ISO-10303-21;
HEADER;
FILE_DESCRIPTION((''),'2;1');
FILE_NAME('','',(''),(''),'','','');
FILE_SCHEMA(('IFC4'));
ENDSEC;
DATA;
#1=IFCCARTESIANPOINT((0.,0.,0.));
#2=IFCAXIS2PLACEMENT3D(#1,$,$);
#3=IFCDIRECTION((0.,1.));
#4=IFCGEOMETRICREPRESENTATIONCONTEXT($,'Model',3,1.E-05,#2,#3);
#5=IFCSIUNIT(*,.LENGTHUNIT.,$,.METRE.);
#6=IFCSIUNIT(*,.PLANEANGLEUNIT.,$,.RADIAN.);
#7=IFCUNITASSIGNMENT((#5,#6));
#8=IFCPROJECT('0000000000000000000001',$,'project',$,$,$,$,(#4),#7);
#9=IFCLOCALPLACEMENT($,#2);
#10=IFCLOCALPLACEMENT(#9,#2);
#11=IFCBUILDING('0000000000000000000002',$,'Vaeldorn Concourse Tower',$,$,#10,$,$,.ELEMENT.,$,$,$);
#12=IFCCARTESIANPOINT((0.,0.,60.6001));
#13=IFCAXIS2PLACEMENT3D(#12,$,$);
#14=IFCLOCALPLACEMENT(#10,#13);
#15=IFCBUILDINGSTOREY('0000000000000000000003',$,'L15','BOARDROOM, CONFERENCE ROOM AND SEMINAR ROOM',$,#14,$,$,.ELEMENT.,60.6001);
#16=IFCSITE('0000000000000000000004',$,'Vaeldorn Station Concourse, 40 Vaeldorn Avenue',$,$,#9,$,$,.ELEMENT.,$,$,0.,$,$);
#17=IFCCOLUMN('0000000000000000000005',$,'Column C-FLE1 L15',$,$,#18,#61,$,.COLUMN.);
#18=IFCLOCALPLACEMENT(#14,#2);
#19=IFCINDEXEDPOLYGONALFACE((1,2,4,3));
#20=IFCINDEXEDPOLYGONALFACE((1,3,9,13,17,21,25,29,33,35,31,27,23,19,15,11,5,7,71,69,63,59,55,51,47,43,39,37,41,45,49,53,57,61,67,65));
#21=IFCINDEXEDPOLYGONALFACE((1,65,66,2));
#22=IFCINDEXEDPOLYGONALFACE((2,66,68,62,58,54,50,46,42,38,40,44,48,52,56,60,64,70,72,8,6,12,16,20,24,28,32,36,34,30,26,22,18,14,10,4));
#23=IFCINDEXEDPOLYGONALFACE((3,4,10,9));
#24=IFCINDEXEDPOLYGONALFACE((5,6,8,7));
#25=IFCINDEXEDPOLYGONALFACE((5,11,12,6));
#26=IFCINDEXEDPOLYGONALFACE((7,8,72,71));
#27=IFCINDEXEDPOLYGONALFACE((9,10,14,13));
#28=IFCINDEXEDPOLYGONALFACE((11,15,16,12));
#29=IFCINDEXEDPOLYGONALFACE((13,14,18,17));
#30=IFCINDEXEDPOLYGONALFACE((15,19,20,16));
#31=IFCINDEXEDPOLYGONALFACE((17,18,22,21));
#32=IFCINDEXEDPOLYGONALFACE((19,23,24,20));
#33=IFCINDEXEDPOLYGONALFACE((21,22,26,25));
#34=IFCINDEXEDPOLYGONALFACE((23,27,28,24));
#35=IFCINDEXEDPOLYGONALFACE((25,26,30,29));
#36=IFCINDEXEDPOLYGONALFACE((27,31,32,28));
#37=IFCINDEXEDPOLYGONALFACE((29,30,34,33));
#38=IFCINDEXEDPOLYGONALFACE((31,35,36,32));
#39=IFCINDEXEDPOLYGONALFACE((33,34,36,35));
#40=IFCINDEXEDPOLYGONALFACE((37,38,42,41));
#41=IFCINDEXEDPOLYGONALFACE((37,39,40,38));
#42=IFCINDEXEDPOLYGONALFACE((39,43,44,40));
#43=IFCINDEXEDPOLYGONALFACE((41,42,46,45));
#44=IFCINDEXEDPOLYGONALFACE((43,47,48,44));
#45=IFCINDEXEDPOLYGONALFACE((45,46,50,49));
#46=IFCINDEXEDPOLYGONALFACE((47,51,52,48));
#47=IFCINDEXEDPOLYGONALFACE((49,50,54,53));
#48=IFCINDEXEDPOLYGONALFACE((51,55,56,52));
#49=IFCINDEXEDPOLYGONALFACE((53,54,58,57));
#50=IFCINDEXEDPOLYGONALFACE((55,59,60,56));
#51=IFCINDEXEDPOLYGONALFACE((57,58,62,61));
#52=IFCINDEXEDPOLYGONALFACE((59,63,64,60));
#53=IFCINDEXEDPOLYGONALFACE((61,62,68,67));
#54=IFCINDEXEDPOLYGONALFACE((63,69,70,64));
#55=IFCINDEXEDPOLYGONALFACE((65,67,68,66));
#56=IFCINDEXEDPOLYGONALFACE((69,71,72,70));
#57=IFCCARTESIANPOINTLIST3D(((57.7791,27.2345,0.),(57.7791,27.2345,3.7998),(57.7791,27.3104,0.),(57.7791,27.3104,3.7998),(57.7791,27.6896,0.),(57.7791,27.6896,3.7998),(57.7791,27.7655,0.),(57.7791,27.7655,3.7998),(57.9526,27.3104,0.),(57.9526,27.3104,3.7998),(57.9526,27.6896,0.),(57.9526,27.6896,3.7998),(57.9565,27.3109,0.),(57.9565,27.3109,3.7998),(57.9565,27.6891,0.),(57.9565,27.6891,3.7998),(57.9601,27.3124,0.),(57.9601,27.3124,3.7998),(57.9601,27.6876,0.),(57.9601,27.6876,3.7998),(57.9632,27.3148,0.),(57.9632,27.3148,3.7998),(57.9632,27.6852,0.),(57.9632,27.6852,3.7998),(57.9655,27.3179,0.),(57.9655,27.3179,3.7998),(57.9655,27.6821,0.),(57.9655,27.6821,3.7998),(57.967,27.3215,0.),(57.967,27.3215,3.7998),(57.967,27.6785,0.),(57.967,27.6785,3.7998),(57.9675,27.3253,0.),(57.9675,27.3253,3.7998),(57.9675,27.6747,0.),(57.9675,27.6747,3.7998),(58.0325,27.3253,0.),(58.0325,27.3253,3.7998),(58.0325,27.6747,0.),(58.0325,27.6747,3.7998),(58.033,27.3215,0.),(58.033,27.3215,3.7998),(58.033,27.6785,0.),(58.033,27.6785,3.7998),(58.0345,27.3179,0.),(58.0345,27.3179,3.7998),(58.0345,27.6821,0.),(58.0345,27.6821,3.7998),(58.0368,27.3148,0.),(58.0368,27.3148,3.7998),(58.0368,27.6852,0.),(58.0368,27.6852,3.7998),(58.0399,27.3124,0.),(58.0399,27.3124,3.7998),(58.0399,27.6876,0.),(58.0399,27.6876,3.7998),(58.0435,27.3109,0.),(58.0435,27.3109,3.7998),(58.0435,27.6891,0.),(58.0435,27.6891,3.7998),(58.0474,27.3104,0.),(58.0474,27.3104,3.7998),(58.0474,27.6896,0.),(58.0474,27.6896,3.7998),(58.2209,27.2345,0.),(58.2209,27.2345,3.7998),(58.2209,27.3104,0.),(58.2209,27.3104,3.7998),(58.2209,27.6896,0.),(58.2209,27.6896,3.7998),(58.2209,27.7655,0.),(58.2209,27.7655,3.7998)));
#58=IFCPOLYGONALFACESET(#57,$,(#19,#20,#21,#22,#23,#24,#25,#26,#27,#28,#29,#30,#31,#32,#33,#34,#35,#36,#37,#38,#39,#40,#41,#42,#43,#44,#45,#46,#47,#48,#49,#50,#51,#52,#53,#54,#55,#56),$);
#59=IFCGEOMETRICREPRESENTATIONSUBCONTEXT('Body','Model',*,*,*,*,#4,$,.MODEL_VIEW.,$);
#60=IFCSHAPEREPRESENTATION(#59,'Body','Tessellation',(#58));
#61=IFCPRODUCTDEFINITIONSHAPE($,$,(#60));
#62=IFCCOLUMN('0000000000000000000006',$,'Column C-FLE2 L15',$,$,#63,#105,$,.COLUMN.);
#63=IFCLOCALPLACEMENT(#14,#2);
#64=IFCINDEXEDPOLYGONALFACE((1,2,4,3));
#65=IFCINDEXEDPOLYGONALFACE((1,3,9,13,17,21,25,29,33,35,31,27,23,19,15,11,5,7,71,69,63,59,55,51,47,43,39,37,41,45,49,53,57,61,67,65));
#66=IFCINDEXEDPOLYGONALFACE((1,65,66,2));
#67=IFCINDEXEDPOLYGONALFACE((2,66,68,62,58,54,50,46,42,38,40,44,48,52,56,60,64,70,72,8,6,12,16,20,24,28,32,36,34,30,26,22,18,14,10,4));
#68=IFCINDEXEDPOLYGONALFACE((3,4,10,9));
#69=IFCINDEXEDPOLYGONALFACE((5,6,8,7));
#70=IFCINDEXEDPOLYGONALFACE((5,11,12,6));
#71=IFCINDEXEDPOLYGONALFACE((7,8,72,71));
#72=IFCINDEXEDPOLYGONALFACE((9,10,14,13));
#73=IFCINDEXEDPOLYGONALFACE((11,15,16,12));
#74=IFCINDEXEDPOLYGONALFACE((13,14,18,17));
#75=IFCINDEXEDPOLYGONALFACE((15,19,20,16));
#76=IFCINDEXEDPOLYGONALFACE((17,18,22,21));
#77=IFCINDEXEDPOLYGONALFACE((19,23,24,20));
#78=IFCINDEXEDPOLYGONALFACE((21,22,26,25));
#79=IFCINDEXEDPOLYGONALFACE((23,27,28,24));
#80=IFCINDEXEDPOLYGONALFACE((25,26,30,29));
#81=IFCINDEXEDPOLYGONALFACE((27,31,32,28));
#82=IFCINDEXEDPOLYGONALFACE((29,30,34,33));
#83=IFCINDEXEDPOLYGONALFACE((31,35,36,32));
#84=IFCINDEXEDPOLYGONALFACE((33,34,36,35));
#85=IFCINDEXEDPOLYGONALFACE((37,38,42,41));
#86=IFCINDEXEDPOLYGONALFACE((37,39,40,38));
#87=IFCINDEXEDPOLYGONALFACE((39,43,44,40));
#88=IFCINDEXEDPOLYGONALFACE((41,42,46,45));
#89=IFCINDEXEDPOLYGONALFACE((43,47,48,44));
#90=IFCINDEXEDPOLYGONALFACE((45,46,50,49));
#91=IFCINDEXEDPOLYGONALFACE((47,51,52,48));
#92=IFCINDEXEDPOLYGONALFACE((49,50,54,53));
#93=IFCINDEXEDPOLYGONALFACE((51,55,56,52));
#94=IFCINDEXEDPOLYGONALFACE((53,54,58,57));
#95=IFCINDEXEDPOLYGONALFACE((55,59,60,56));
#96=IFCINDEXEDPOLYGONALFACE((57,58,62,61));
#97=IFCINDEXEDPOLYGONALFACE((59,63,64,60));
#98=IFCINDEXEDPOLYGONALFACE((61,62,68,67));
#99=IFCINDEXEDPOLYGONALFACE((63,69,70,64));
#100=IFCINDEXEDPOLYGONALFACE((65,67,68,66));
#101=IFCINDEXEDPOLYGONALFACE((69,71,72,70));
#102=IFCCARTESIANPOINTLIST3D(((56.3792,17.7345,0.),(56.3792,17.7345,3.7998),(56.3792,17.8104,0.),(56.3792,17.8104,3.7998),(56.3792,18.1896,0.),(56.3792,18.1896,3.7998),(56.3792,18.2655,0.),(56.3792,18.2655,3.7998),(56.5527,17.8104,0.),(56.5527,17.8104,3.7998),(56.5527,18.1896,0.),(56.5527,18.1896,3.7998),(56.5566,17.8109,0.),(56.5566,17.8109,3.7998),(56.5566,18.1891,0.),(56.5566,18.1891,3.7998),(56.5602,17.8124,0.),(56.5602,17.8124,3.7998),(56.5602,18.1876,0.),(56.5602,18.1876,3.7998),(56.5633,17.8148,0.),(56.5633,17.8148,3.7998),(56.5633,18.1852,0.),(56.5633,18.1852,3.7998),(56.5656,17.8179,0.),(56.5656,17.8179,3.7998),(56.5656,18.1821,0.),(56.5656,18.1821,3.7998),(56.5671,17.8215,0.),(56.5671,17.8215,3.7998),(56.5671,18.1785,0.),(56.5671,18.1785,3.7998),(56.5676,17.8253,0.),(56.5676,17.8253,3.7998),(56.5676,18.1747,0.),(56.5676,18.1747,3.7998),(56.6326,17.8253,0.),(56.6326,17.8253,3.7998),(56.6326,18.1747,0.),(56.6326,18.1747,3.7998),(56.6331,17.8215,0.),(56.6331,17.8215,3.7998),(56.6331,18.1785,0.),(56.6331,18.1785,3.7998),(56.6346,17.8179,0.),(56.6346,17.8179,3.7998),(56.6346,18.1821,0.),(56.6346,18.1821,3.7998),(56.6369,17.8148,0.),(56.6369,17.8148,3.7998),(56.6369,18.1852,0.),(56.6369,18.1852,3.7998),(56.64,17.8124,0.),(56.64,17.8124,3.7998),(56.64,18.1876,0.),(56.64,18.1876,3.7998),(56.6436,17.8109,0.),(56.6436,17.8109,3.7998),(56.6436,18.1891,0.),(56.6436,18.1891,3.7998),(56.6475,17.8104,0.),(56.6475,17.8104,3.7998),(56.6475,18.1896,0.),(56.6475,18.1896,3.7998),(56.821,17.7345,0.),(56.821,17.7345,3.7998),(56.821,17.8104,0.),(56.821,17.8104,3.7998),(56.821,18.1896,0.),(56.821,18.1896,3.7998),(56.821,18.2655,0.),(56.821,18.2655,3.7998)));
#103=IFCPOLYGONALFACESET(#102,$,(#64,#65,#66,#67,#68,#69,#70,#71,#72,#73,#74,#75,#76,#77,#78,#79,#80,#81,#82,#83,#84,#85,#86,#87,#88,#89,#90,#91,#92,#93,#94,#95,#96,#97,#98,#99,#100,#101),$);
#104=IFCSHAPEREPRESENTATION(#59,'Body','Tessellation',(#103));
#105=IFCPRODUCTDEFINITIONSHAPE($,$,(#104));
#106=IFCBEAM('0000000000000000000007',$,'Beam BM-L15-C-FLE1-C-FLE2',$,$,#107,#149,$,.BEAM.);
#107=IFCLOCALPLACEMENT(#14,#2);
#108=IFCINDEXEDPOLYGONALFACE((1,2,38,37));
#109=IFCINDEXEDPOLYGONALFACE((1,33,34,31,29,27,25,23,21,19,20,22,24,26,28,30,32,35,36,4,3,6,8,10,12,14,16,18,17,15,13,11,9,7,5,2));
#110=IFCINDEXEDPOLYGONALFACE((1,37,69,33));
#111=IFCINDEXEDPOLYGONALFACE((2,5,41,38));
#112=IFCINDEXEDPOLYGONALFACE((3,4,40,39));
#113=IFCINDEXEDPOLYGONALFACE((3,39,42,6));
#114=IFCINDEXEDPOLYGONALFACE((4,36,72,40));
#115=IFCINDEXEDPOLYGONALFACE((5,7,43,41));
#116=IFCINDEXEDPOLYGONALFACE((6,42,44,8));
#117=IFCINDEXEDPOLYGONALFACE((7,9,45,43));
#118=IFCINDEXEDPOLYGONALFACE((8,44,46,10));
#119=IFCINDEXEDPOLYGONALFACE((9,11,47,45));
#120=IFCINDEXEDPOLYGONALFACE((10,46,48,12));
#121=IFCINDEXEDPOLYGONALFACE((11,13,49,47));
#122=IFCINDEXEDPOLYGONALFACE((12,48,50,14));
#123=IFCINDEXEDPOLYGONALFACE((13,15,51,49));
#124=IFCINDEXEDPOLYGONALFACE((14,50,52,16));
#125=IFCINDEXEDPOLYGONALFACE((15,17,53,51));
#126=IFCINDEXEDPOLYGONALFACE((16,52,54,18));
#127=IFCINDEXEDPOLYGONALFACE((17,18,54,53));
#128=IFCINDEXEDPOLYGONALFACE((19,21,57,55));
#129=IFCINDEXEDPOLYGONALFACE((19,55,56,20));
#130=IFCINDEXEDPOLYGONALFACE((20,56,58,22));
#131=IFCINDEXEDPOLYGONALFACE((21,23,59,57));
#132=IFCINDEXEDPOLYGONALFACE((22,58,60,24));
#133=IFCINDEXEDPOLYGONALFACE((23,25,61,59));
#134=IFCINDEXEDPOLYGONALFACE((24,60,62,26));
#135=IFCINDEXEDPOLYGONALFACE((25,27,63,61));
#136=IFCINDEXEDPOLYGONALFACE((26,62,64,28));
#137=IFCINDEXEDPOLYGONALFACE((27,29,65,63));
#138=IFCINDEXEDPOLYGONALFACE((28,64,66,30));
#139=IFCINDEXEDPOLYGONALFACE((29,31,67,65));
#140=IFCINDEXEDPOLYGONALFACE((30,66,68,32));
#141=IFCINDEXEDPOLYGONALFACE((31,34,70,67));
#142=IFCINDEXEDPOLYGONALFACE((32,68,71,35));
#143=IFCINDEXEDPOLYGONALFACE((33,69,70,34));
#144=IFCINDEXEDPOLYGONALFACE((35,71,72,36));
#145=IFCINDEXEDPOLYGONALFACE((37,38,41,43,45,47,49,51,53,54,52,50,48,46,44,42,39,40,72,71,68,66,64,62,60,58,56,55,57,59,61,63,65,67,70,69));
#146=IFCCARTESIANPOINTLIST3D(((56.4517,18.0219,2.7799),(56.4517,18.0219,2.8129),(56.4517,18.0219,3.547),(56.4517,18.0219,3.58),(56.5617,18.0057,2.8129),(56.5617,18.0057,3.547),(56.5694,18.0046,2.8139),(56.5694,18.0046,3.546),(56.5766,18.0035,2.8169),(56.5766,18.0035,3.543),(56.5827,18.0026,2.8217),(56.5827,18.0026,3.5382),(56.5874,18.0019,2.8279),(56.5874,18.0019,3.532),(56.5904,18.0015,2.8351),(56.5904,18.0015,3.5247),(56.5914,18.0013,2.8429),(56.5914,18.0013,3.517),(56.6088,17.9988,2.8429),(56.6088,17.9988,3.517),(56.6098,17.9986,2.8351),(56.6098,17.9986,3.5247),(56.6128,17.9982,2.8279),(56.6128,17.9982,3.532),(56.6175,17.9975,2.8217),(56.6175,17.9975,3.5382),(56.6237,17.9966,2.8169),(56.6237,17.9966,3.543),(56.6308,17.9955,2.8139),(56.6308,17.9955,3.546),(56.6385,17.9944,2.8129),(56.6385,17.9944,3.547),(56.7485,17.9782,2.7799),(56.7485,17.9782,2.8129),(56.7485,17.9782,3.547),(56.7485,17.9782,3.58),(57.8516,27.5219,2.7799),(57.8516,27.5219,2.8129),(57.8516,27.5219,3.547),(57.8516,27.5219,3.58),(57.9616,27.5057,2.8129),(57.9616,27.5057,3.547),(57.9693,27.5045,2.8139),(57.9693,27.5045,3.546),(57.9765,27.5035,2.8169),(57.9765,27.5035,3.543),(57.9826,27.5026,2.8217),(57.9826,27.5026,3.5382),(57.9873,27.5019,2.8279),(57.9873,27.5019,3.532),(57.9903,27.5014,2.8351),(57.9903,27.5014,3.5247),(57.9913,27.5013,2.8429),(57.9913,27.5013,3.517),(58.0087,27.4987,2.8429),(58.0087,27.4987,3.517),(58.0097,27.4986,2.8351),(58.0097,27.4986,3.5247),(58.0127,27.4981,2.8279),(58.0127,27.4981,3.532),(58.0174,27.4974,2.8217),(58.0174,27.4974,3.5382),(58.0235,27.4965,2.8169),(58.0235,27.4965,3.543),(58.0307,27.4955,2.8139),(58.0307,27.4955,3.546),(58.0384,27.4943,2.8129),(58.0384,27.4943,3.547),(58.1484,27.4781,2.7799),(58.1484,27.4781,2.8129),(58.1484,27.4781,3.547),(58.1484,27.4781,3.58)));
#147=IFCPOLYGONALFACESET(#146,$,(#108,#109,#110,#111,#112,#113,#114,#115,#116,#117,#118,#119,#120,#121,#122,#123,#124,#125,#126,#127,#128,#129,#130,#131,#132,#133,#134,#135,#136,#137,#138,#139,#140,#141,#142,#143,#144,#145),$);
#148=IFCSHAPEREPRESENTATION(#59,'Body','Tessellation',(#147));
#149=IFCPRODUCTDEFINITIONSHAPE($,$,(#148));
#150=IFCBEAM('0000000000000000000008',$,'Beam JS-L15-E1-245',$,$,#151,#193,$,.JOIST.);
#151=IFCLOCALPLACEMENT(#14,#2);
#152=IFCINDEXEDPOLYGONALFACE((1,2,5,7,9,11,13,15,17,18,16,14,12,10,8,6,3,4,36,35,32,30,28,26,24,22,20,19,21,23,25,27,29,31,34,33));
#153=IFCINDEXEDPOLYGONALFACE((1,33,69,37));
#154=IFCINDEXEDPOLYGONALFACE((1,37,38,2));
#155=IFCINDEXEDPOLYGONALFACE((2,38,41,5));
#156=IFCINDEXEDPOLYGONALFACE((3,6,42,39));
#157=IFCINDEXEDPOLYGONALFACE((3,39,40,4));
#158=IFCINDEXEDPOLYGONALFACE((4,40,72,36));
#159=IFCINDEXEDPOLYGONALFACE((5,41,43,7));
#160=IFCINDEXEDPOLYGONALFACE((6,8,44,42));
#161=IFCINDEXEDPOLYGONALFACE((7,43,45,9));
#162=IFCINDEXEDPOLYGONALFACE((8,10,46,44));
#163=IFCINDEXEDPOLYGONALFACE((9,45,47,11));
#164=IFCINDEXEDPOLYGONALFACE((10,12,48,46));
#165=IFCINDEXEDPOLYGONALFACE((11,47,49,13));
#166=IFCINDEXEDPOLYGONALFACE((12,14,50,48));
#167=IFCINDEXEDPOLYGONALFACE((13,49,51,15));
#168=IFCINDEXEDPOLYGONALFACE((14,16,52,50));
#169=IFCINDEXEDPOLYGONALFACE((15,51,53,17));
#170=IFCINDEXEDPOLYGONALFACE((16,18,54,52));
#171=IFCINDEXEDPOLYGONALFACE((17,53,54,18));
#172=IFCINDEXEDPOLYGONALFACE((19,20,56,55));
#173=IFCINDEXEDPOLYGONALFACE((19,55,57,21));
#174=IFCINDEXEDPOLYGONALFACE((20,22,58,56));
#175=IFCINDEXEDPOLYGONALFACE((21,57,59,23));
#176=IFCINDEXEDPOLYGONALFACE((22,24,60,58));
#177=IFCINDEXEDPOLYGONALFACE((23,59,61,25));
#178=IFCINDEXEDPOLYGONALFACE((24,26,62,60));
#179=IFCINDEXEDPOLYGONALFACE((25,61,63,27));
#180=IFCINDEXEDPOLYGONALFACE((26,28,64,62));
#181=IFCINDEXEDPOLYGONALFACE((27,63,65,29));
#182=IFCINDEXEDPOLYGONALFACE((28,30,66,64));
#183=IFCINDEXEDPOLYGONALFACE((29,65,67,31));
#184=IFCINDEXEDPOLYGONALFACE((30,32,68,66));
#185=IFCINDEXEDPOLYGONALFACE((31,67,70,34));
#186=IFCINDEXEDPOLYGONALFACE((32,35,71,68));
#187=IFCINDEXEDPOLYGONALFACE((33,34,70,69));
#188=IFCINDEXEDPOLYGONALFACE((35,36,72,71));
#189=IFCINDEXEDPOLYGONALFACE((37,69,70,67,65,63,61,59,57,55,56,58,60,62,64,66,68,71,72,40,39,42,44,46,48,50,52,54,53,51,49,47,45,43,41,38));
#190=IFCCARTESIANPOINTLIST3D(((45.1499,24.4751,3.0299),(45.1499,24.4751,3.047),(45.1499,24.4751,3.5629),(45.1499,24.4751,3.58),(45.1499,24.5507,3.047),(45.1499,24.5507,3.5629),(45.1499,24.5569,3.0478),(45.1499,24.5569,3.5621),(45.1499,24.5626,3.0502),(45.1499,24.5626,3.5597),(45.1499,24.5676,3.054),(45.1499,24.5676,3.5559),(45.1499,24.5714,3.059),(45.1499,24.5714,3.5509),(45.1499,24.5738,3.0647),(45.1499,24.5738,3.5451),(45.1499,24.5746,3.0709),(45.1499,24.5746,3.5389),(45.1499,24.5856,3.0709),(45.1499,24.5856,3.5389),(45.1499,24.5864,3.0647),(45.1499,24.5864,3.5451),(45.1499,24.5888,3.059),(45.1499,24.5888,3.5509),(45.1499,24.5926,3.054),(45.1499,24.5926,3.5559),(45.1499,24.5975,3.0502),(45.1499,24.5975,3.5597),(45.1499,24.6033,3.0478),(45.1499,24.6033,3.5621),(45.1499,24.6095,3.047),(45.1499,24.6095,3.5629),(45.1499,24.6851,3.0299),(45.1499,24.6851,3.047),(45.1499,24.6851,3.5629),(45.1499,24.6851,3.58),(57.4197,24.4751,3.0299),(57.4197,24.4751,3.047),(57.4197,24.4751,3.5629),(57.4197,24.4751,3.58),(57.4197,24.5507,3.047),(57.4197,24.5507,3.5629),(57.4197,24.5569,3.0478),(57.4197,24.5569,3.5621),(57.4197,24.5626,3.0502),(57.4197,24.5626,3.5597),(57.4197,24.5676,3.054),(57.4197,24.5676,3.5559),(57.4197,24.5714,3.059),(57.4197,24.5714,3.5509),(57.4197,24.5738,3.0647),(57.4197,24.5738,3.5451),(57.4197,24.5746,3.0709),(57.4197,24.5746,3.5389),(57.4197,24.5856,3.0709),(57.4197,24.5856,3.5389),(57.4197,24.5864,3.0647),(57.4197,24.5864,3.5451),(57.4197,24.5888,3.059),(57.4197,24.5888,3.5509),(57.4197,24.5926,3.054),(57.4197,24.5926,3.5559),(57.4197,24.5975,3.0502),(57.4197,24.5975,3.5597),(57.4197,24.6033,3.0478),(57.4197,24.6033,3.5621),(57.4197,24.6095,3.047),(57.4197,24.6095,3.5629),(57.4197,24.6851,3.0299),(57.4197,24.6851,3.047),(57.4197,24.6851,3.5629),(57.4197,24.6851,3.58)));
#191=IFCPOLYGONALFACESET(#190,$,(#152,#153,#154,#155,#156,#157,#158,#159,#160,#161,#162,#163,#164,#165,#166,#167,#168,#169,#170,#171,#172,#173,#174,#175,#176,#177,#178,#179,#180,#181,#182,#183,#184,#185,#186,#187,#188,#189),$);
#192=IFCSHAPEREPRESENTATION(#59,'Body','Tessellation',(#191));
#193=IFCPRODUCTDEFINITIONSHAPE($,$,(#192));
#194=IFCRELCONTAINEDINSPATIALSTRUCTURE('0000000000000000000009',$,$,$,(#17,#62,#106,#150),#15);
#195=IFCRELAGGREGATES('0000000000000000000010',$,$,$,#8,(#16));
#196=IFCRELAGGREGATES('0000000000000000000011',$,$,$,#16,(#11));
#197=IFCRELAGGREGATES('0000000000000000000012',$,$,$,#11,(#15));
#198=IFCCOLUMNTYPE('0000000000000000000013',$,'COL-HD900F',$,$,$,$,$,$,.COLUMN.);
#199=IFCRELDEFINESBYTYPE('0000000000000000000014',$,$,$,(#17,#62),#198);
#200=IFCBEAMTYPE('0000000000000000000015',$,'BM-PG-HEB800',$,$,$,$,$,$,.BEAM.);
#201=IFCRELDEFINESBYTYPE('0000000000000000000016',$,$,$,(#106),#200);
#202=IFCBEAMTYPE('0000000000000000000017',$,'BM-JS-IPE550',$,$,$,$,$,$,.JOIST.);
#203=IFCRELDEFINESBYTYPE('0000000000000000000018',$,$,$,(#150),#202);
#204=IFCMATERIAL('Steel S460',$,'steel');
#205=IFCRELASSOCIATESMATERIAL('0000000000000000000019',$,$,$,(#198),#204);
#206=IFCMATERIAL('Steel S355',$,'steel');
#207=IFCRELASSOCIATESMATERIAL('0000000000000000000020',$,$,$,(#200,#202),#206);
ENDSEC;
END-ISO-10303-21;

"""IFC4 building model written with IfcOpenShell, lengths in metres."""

from ifc_helpers import new_model, si_unit, direction, frame, origin, origin_2d, place, context, subcontext, project, spatial, i_section, extrude, source, transform, mapped, material, material_profile, profile_set, type_object, element, save


model = new_model("IFC4")

# Units and contexts
model_context = context("Model", 3, precision=1e-05, world=origin(), true_north=direction((0.0, 1.0)))
body_context = subcontext(model_context, "Body", "Model", "MODEL_VIEW")
ifc_project = project(units=[si_unit("LENGTHUNIT", "METRE"), si_unit("PLANEANGLEUNIT", "RADIAN")], contexts=[model_context])

# Site, building, storey
site_placement = place(None, origin())
site = spatial("IfcSite", under=ifc_project, at=site_placement, Name="Vaeldorn Station Concourse, 40 Vaeldorn Avenue", CompositionType="ELEMENT", RefElevation=0.0)
building_placement = place(site_placement, origin())
building = spatial("IfcBuilding", under=site, at=building_placement, Name="Vaeldorn Concourse Tower", CompositionType="ELEMENT")
storey_placement = place(building_placement, frame((0.0, 0.0, 60.6001)))
storey = spatial("IfcBuildingStorey", under=building, at=storey_placement, Name="L15", Description="BOARDROOM, CONFERENCE ROOM AND SEMINAR ROOM", CompositionType="ELEMENT", Elevation=60.6001)

# Columns
ifc_material_1 = material(Name="Steel S460", Category="steel")
ifc_material_profile_1 = material_profile(ifc_material_1, i_section(OverallWidth=0.4419, OverallDepth=0.531, WebThickness=0.0649, FlangeThickness=0.0759, FilletRadius=0.0149, at=origin_2d()), Name="HD 400x900")
ifc_profile_set_1 = profile_set([ifc_material_profile_1], Name="Steel S460")
column_type = type_object("IfcColumnType", Name="COL-HD900F", PredefinedType="COLUMN", material=ifc_profile_set_1)
shared_shape_1 = source(origin(), body_context, "Body", "SweptSolid", [
    extrude(i_section(OverallWidth=0.4419, OverallDepth=0.531, WebThickness=0.0649, FlangeThickness=0.0759, FilletRadius=0.0149, at=origin_2d()), origin(), (0.0, 0.0, 1.0), 3.7998),
])
for number, where, z_axis, x_axis, name in (
    (1, (58.0, 27.5, 0.0), (0.0, 0.0, 1.0), (1.0, 0.0, 0.0), "Column C-FLE1 L15"),
    (2, (56.6001, 18.0, 0.0), (0.0, 0.0, 1.0), (1.0, 0.0, 0.0), "Column C-FLE2 L15"),
):
    element("IfcColumn", number, at=place(storey_placement, frame(where, z_axis=z_axis, x_axis=x_axis)), inside=storey, type_object=column_type, Name=name, PredefinedType="COLUMN", context=body_context, shape_type="MappedRepresentation", body=[
        mapped(shared_shape_1, transform((0.0, 0.0, 0.0), scale=1.0)),
    ])

# Beams
ifc_material_2 = material(Name="Steel S355", Category="steel")
ifc_material_profile_2 = material_profile(ifc_material_2, i_section(OverallWidth=0.3, OverallDepth=0.8, WebThickness=0.0176, FlangeThickness=0.033, FilletRadius=0.03, at=origin_2d()), Name="HEB 800")
ifc_profile_set_2 = profile_set([ifc_material_profile_2], Name="Steel S355")
beam_type_1 = type_object("IfcBeamType", Name="BM-PG-HEB800", PredefinedType="BEAM", material=ifc_profile_set_2)
shared_shape_2 = source(origin(), body_context, "Body", "SweptSolid", [
    extrude(i_section(OverallWidth=0.3, OverallDepth=0.8, WebThickness=0.0176, FlangeThickness=0.033, FilletRadius=0.03, at=origin_2d()), origin(), (0.0, 0.0, 1.0), 9.6025),
])
beam_1_placement = place(storey_placement, frame((58.0, 27.5, 3.1799), z_axis=(-0.145784, -0.989316, 0.0), x_axis=(0.989316, -0.145784, 0.0)))
element("IfcBeam", 3, at=beam_1_placement, inside=storey, type_object=beam_type_1, Name="Beam BM-L15-C-FLE1-C-FLE2", PredefinedType="BEAM", context=body_context, shape_type="MappedRepresentation", body=[
    mapped(shared_shape_2, transform((0.0, 0.0, 0.0), scale=1.0)),
])
ifc_material_profile_3 = material_profile(ifc_material_2, i_section(OverallWidth=0.21, OverallDepth=0.55, WebThickness=0.011, FlangeThickness=0.0171, FilletRadius=0.0239, at=origin_2d()), Name="IPE 550")
ifc_profile_set_3 = profile_set([ifc_material_profile_3], Name="Steel S355")
beam_type_2 = type_object("IfcBeamType", Name="BM-JS-IPE550", PredefinedType="JOIST", material=ifc_profile_set_3)
shared_shape_3 = source(origin(), body_context, "Body", "SweptSolid", [
    extrude(i_section(OverallWidth=0.21, OverallDepth=0.55, WebThickness=0.011, FlangeThickness=0.0171, FilletRadius=0.0239, at=origin_2d()), origin(), (0.0, 0.0, 1.0), 12.2698),
])
beam_2_placement = place(storey_placement, frame((45.1499, 24.5801, 3.3049), z_axis=(1.0, 0.0, 0.0), x_axis=(0.0, 1.0, 0.0)))
element("IfcBeam", 4, at=beam_2_placement, inside=storey, type_object=beam_type_2, Name="Beam JS-L15-E1-245", PredefinedType="JOIST", context=body_context, shape_type="MappedRepresentation", body=[
    mapped(shared_shape_3, transform((0.0, 0.0, 0.0), scale=1.0)),
])

save(model, "model.ifc")
